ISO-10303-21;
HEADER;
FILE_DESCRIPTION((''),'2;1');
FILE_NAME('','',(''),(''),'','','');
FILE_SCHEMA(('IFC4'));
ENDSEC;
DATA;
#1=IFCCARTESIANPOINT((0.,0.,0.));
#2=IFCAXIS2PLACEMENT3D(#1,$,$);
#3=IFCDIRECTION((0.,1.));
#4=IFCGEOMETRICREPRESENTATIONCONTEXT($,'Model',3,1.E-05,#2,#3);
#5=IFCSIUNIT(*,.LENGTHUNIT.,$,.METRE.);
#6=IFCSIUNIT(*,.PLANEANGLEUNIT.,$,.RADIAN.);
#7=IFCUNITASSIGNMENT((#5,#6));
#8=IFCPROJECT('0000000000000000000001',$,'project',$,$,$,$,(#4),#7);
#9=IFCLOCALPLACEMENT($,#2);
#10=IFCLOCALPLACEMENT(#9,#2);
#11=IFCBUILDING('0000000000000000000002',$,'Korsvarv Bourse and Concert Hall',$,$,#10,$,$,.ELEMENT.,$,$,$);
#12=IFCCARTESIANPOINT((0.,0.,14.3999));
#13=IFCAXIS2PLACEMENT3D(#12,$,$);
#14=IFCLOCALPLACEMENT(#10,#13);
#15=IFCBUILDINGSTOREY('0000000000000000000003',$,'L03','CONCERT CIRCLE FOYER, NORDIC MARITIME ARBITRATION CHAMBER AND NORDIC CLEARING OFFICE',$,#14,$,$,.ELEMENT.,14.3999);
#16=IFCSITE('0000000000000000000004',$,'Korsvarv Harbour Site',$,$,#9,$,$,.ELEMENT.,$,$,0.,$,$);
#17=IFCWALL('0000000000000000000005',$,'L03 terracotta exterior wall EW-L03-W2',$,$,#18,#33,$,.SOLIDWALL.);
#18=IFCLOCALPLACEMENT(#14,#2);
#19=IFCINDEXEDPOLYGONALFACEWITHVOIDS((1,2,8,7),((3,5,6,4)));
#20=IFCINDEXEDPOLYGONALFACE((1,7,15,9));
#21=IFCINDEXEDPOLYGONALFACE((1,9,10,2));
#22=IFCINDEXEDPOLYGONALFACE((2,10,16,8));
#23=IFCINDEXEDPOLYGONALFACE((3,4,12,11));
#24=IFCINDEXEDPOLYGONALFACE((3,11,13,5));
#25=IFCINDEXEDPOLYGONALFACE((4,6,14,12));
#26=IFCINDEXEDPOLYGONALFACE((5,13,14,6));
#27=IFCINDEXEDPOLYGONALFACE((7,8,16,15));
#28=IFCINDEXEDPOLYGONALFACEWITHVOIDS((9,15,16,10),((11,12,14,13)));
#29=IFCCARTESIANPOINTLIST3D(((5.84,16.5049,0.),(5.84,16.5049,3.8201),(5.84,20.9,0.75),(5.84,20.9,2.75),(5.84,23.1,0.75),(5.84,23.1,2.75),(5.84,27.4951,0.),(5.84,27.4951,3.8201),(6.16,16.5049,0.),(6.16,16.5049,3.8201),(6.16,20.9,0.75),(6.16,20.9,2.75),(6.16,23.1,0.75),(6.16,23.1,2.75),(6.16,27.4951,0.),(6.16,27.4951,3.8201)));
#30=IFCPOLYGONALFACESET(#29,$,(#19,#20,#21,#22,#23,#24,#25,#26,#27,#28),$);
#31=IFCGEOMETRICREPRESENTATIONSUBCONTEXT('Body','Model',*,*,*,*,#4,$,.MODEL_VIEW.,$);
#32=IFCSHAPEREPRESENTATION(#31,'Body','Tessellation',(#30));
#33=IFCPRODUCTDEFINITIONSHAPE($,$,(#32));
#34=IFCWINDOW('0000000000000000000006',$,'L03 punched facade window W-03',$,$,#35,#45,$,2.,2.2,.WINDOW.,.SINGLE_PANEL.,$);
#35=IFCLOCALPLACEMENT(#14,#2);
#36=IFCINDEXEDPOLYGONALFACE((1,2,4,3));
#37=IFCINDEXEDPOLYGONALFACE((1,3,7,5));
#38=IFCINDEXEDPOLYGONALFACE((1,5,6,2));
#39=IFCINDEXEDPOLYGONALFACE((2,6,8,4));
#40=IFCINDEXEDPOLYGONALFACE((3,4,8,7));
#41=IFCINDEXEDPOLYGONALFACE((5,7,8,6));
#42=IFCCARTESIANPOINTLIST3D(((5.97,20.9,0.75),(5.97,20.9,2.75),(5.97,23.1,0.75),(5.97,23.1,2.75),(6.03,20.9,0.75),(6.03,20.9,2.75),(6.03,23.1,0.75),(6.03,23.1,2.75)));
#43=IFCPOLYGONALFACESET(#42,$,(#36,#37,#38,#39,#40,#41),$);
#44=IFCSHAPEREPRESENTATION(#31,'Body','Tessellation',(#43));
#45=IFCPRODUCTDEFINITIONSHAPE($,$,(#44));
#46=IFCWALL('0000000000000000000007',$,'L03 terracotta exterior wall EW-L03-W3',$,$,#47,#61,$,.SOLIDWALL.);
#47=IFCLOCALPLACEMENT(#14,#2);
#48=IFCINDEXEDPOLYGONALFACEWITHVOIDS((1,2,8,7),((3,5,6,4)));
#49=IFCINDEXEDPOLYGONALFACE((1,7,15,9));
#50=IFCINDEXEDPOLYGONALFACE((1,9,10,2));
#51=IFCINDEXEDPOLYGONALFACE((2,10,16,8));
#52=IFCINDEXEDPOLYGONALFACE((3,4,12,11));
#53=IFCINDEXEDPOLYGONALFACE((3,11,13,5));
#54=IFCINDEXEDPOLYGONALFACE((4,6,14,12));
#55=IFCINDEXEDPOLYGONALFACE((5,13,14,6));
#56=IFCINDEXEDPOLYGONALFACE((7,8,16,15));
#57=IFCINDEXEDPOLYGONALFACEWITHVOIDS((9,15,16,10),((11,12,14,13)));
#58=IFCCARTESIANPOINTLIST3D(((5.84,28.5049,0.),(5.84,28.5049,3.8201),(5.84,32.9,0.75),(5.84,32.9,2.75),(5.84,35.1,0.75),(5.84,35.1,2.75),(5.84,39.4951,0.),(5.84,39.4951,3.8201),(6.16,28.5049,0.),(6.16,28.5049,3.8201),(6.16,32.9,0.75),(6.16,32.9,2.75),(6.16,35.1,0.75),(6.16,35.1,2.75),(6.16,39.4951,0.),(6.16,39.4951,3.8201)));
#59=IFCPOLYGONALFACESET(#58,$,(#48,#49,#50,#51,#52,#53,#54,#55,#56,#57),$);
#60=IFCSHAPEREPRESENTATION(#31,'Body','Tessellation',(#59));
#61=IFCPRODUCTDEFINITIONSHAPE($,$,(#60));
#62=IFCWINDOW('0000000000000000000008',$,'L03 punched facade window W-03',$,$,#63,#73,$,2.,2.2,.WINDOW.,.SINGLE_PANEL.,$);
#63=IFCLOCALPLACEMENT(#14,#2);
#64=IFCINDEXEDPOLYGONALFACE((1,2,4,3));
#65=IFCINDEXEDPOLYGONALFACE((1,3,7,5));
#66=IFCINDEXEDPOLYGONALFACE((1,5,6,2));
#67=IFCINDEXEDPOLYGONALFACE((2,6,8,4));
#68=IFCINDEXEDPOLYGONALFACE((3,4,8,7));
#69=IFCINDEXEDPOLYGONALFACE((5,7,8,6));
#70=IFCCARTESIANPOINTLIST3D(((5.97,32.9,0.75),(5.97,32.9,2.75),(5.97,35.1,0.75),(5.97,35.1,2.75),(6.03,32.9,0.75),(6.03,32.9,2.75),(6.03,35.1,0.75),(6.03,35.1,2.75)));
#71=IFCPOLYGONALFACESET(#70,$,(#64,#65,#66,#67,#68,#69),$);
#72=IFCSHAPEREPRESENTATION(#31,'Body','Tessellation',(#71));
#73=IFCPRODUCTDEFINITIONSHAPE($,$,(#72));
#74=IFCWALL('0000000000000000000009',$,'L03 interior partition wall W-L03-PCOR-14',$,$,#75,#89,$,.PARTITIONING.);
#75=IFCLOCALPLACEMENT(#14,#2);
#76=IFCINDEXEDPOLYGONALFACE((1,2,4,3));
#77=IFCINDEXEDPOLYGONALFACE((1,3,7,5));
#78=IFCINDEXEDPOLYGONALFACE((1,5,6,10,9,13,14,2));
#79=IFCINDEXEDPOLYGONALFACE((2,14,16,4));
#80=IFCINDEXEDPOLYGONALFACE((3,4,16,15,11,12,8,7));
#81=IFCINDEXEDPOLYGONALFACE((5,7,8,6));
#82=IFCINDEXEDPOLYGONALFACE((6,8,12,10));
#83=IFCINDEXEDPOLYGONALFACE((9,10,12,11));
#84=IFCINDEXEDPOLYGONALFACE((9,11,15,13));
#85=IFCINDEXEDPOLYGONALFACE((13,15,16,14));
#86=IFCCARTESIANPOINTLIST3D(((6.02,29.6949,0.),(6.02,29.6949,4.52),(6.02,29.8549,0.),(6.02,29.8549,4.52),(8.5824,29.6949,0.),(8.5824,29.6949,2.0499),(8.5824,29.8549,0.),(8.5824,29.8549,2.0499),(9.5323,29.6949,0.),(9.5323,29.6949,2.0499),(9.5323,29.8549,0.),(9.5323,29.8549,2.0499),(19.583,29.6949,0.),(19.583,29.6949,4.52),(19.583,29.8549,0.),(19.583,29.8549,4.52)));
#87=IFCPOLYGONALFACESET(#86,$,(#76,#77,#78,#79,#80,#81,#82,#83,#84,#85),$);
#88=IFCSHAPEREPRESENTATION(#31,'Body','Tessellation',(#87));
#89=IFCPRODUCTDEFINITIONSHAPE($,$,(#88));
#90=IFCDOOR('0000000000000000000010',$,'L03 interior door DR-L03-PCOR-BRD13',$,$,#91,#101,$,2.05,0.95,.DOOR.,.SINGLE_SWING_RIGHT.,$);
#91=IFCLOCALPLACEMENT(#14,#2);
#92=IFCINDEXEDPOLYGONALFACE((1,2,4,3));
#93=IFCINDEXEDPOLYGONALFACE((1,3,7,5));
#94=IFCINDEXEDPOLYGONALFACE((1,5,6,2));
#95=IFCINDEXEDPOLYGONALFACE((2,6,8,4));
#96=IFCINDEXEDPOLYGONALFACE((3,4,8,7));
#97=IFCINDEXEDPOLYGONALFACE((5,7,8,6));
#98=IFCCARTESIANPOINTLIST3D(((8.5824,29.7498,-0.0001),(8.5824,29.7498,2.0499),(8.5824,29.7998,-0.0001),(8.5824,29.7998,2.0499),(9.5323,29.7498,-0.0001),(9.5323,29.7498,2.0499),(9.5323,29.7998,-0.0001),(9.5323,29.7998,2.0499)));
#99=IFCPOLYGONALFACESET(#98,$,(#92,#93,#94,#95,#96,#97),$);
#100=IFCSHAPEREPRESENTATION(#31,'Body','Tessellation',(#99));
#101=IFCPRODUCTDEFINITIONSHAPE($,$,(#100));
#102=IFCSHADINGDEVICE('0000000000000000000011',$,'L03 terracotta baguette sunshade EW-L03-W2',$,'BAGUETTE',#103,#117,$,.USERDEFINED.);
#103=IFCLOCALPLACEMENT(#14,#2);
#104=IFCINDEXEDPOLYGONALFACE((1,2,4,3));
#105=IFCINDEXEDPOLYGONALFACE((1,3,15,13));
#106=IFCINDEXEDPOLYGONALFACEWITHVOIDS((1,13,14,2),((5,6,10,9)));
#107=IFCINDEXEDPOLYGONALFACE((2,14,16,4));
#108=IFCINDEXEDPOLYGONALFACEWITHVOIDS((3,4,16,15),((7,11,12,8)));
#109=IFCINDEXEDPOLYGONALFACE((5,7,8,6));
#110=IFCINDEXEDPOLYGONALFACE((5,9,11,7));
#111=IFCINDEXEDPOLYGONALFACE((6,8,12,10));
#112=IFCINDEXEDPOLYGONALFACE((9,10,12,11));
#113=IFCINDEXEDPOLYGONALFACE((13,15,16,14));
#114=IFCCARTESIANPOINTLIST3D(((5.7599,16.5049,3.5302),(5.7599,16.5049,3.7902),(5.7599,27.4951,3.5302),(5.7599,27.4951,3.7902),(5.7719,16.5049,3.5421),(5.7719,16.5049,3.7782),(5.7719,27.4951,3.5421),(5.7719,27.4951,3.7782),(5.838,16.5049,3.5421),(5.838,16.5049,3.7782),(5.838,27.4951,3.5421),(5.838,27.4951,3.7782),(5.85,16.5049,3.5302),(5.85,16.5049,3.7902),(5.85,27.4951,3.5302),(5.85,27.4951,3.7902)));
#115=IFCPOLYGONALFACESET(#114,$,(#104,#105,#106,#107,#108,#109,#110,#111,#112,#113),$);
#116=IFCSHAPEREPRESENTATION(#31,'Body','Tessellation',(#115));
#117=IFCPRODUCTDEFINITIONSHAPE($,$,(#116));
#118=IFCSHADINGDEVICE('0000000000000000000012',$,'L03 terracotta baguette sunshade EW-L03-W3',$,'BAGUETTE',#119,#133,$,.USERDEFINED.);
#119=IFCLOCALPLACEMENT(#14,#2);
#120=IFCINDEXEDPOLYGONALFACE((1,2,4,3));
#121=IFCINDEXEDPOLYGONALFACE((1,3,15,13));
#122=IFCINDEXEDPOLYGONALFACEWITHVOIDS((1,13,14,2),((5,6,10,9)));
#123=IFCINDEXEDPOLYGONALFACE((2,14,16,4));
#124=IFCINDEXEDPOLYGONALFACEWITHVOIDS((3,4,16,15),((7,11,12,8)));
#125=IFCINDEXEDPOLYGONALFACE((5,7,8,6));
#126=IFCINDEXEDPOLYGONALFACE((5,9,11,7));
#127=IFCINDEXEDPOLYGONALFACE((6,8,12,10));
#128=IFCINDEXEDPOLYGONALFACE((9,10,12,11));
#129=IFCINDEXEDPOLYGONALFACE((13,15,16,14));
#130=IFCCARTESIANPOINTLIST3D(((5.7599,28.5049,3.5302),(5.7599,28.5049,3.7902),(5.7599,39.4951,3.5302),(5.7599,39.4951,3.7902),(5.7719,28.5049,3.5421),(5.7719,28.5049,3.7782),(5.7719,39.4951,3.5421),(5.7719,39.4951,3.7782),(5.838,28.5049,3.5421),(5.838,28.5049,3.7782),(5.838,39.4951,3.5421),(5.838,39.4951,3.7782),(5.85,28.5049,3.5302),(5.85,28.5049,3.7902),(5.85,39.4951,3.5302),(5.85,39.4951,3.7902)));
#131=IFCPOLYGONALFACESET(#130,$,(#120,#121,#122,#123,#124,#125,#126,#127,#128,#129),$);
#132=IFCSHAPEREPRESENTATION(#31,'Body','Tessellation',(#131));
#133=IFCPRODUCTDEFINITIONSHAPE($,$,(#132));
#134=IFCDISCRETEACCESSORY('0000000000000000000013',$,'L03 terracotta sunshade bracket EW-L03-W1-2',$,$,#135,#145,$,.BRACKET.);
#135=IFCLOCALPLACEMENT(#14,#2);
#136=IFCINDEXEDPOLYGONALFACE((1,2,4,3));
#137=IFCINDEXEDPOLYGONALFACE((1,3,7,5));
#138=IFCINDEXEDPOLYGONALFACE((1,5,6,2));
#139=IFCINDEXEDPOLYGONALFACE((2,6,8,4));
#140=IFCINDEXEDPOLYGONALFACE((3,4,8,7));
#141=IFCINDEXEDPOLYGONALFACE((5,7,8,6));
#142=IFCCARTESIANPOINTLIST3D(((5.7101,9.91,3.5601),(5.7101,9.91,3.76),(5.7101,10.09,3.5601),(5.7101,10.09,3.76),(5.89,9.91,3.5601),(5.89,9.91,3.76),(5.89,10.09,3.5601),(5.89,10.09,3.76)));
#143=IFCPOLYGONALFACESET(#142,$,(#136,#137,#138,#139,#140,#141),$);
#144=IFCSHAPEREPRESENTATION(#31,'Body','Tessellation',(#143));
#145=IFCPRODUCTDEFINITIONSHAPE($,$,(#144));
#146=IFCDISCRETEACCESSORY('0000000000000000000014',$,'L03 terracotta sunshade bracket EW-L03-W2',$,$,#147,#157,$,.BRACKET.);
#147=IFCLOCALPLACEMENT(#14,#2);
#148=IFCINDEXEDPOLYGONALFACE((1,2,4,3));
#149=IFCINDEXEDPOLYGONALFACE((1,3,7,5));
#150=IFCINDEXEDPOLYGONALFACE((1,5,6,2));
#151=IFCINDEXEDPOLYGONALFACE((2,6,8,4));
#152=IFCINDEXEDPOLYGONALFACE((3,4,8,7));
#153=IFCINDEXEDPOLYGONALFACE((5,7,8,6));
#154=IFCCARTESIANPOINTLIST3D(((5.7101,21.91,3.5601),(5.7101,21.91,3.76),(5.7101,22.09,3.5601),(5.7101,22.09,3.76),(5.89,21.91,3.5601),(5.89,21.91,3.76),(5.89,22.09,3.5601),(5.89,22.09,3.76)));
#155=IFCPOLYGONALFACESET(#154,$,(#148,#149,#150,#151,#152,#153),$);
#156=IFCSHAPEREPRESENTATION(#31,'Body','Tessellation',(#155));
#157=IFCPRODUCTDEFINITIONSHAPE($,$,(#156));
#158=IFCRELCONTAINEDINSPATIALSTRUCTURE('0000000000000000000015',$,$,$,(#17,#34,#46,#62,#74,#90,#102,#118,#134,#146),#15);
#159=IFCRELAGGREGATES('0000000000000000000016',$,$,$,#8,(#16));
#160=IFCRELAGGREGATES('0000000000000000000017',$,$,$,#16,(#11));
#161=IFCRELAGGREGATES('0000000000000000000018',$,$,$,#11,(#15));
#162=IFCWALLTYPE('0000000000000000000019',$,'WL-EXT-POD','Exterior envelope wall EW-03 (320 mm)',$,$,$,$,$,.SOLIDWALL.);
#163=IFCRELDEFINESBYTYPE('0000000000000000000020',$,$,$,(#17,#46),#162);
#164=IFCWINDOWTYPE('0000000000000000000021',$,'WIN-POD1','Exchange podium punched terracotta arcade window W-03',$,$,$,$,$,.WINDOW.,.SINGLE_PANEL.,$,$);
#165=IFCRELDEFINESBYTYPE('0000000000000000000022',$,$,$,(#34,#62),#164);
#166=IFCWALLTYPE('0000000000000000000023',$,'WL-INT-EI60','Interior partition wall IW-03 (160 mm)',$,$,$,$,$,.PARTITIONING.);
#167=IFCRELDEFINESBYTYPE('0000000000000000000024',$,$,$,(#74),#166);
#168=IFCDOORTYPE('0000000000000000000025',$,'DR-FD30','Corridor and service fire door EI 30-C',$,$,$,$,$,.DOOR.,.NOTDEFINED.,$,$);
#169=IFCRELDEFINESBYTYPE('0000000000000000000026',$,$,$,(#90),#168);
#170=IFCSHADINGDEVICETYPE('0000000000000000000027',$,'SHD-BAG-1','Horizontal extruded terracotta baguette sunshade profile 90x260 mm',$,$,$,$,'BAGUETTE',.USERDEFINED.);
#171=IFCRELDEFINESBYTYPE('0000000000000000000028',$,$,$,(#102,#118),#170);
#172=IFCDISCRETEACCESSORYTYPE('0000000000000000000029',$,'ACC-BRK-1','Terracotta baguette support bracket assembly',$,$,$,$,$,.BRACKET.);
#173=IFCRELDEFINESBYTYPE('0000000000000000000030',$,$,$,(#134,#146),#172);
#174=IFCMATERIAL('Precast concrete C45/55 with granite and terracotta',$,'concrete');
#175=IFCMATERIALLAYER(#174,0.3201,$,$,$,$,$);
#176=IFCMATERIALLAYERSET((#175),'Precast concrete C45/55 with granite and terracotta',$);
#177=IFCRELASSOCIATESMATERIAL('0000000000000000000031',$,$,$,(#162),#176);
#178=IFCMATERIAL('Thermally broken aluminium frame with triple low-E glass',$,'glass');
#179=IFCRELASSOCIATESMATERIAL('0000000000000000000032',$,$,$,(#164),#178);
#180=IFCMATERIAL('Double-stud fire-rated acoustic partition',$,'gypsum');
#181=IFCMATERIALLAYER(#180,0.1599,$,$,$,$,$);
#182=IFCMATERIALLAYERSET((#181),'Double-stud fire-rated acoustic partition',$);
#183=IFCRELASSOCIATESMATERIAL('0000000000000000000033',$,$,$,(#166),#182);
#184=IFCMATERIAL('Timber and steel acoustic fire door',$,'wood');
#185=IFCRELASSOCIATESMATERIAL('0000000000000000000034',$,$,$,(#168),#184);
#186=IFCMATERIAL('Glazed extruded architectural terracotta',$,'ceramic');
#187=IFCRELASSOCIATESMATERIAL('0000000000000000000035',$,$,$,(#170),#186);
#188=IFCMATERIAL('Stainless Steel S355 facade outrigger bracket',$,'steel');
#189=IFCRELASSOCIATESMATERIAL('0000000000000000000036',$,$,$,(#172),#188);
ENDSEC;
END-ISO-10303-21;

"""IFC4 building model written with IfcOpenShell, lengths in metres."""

from ifc_helpers import new_model, si_unit, direction, frame, frame_2d, origin, origin_2d, place, context, subcontext, project, spatial, rectangle, hollow_rectangle, extrude, source, transform, mapped, material, layer, layer_set, material_profile, profile_set, type_object, element, fill, save


model = new_model("IFC4")

# Units and contexts
model_context = context("Model", 3, precision=1e-05, world=origin(), true_north=direction((0.0, 1.0)))
body_context = subcontext(model_context, "Body", "Model", "MODEL_VIEW")
ifc_project = project(units=[si_unit("LENGTHUNIT", "METRE"), si_unit("PLANEANGLEUNIT", "RADIAN")], contexts=[model_context])

# Site, building, storey
site_placement = place(None, origin())
site = spatial("IfcSite", under=ifc_project, at=site_placement, Name="Korsvarv Harbour Site", CompositionType="ELEMENT", RefElevation=0.0)
building_placement = place(site_placement, origin())
building = spatial("IfcBuilding", under=site, at=building_placement, Name="Korsvarv Bourse and Concert Hall", CompositionType="ELEMENT")
storey_placement = place(building_placement, frame((0.0, 0.0, 14.3999)))
storey = spatial("IfcBuildingStorey", under=building, at=storey_placement, Name="L03", Description="CONCERT CIRCLE FOYER, NORDIC MARITIME ARBITRATION CHAMBER AND NORDIC CLEARING OFFICE", CompositionType="ELEMENT", Elevation=14.3999)

# Walls, openings, windows
ifc_material_1 = material(Name="Precast concrete C45/55 with granite and terracotta", Category="concrete")
ifc_layer_1 = layer(ifc_material_1, 0.3201)
ifc_layer_set_1 = layer_set([ifc_layer_1], Name="Precast concrete C45/55 with granite and terracotta")
wall_type_1 = type_object("IfcWallType", Name="WL-EXT-POD", Description="Exterior envelope wall EW-03 (320 mm)", PredefinedType="SOLIDWALL", material=ifc_layer_set_1)
wall_1_placement = place(storey_placement, frame((6.0, 16.5049, 0.0), z_axis=(0.0, 0.0, 1.0), x_axis=(0.0, 1.0, 0.0)))
wall_1 = element("IfcWall", 1, at=wall_1_placement, inside=storey, type_object=wall_type_1, Name="L03 terracotta exterior wall EW-L03-W2", PredefinedType="SOLIDWALL", context=body_context, shape_type="SweptSolid", body=[
    extrude(rectangle(XDim=10.9902, YDim=0.3201, at=frame_2d((5.4951, 0.0))), origin(), (0.0, 0.0, 1.0), 3.8201),
])
opening_1_placement = place(wall_1_placement, frame((4.395, 0.0, 0.75)))
opening_1 = element("IfcOpeningElement", 2, at=opening_1_placement, cuts=wall_1, PredefinedType="OPENING", context=body_context, shape_type="SweptSolid", body=[
    extrude(rectangle(XDim=2.2, YDim=2.0, at=frame_2d((1.1001, 1.0))), frame((0.0, 0.1699, 0.0), z_axis=(0.0, -1.0, 0.0), x_axis=(1.0, 0.0, 0.0)), (0.0, 0.0, 1.0), 0.3401),
])
ifc_material_2 = material(Name="Thermally broken aluminium frame with triple low-E glass", Category="glass")
window_type = type_object("IfcWindowType", Name="WIN-POD1", Description="Exchange podium punched terracotta arcade window W-03", PartitioningType="SINGLE_PANEL", PredefinedType="WINDOW", material=ifc_material_2)
window_1_placement = place(opening_1_placement, origin())
window_1 = element("IfcWindow", 3, at=window_1_placement, inside=storey, type_object=window_type, Name="L03 punched facade window W-03", OverallHeight=2.0, OverallWidth=2.2, PartitioningType="SINGLE_PANEL", PredefinedType="WINDOW", context=body_context, shape_type="SweptSolid", body=[
    extrude(rectangle(XDim=2.2, YDim=2.0, at=frame_2d((1.1001, 1.0))), frame((0.0, 0.03, 0.0), z_axis=(0.0, -1.0, 0.0), x_axis=(1.0, 0.0, 0.0)), (0.0, 0.0, 1.0), 0.0601),
])
fill(opening_1, window_1)
wall_2_placement = place(storey_placement, frame((6.0, 28.5049, 0.0), z_axis=(0.0, 0.0, 1.0), x_axis=(0.0, 1.0, 0.0)))
wall_2 = element("IfcWall", 4, at=wall_2_placement, inside=storey, type_object=wall_type_1, Name="L03 terracotta exterior wall EW-L03-W3", PredefinedType="SOLIDWALL", context=body_context, shape_type="SweptSolid", body=[
    extrude(rectangle(XDim=10.9902, YDim=0.3201, at=frame_2d((5.4951, 0.0))), origin(), (0.0, 0.0, 1.0), 3.8201),
])
opening_2_placement = place(wall_2_placement, frame((4.395, 0.0, 0.75)))
opening_2 = element("IfcOpeningElement", 5, at=opening_2_placement, cuts=wall_2, PredefinedType="OPENING", context=body_context, shape_type="SweptSolid", body=[
    extrude(rectangle(XDim=2.2, YDim=2.0, at=frame_2d((1.1001, 1.0))), frame((0.0, 0.1699, 0.0), z_axis=(0.0, -1.0, 0.0), x_axis=(1.0, 0.0, 0.0)), (0.0, 0.0, 1.0), 0.3401),
])
window_2_placement = place(opening_2_placement, origin())
window_2 = element("IfcWindow", 6, at=window_2_placement, inside=storey, type_object=window_type, Name="L03 punched facade window W-03", OverallHeight=2.0, OverallWidth=2.2, PartitioningType="SINGLE_PANEL", PredefinedType="WINDOW", context=body_context, shape_type="SweptSolid", body=[
    extrude(rectangle(XDim=2.2, YDim=2.0, at=frame_2d((1.1001, 1.0))), frame((0.0, 0.03, 0.0), z_axis=(0.0, -1.0, 0.0), x_axis=(1.0, 0.0, 0.0)), (0.0, 0.0, 1.0), 0.0601),
])
fill(opening_2, window_2)

# Wall, opening, door
ifc_material_3 = material(Name="Double-stud fire-rated acoustic partition", Category="gypsum")
ifc_layer_2 = layer(ifc_material_3, 0.1599)
ifc_layer_set_2 = layer_set([ifc_layer_2], Name="Double-stud fire-rated acoustic partition")
wall_type_2 = type_object("IfcWallType", Name="WL-INT-EI60", Description="Interior partition wall IW-03 (160 mm)", PredefinedType="PARTITIONING", material=ifc_layer_set_2)
wall_3_placement = place(storey_placement, frame((6.02, 29.7749, 0.0), z_axis=(0.0, 0.0, 1.0), x_axis=(1.0, 0.0, 0.0)))
wall_3 = element("IfcWall", 7, at=wall_3_placement, inside=storey, type_object=wall_type_2, Name="L03 interior partition wall W-L03-PCOR-14", PredefinedType="PARTITIONING", context=body_context, shape_type="SweptSolid", body=[
    extrude(rectangle(XDim=13.563, YDim=0.1599, at=frame_2d((6.7815, 0.0))), origin(), (0.0, 0.0, 1.0), 4.52),
])
opening_3_placement = place(wall_3_placement, frame((2.5623, 0.0, 0.0)))
opening_3 = element("IfcOpeningElement", 8, at=opening_3_placement, cuts=wall_3, PredefinedType="OPENING", context=body_context, shape_type="SweptSolid", body=[
    extrude(rectangle(XDim=0.95, YDim=2.05, at=frame_2d((0.4751, 1.0249))), frame((0.0, 0.0898, 0.0), z_axis=(0.0, -1.0, 0.0), x_axis=(1.0, 0.0, 0.0)), (0.0, 0.0, 1.0), 0.1799),
])
ifc_material_4 = material(Name="Timber and steel acoustic fire door", Category="wood")
door_type = type_object("IfcDoorType", Name="DR-FD30", Description="Corridor and service fire door EI 30-C", OperationType="NOTDEFINED", PredefinedType="DOOR", material=ifc_material_4)
door_placement = place(opening_3_placement, origin())
door = element("IfcDoor", 9, at=door_placement, inside=storey, type_object=door_type, Name="L03 interior door DR-L03-PCOR-BRD13", OperationType="SINGLE_SWING_RIGHT", OverallHeight=2.05, OverallWidth=0.95, PredefinedType="DOOR", context=body_context, shape_type="SweptSolid", body=[
    extrude(rectangle(XDim=0.95, YDim=2.05, at=frame_2d((0.4751, 1.0249))), frame((0.0, 0.0249, 0.0), z_axis=(0.0, -1.0, 0.0), x_axis=(1.0, 0.0, 0.0)), (0.0, 0.0, 1.0), 0.05),
])
fill(opening_3, door)

# Shading devices
ifc_material_5 = material(Name="Glazed extruded architectural terracotta", Category="ceramic")
ifc_material_profile_1 = material_profile(ifc_material_5, hollow_rectangle(XDim=0.0901, YDim=0.26, WallThickness=0.012, at=origin_2d()), Name="TC-BAG 90x260")
ifc_profile_set_1 = profile_set([ifc_material_profile_1], Name="Glazed extruded architectural terracotta")
shading_device_type = type_object("IfcShadingDeviceType", Name="SHD-BAG-1", Description="Horizontal extruded terracotta baguette sunshade profile 90x260 mm", ElementType="BAGUETTE", PredefinedType="USERDEFINED", material=ifc_profile_set_1)
shared_shape_1 = source(origin(), body_context, "Body", "SweptSolid", [
    extrude(hollow_rectangle(XDim=0.0901, YDim=0.26, WallThickness=0.012, at=origin_2d()), origin(), (0.0, 0.0, 1.0), 10.9902),
])
for number, where, z_axis, x_axis, name in (
    (10, (5.8049, 16.5049, 3.6602), (0.0, 1.0, 0.0), (-1.0, 0.0, 0.0), "L03 terracotta baguette sunshade EW-L03-W2"),
    (11, (5.8049, 28.5049, 3.6602), (0.0, 1.0, 0.0), (-1.0, 0.0, 0.0), "L03 terracotta baguette sunshade EW-L03-W3"),
):
    element("IfcShadingDevice", number, at=place(storey_placement, frame(where, z_axis=z_axis, x_axis=x_axis)), inside=storey, type_object=shading_device_type, Name=name, ObjectType="BAGUETTE", PredefinedType="USERDEFINED", context=body_context, shape_type="MappedRepresentation", body=[
        mapped(shared_shape_1, transform((0.0, 0.0, 0.0), scale=1.0)),
    ])

# Discrete accessories
ifc_material_6 = material(Name="Stainless Steel S355 facade outrigger bracket", Category="steel")
discrete_accessory_type = type_object("IfcDiscreteAccessoryType", Name="ACC-BRK-1", Description="Terracotta baguette support bracket assembly", PredefinedType="BRACKET", material=ifc_material_6)
shared_shape_2 = source(origin(), body_context, "Body", "SweptSolid", [
    extrude(rectangle(XDim=0.1799, YDim=0.1799, at=origin_2d()), origin(), (0.0, 0.0, 1.0), 0.2),
])
for number, where, z_axis, x_axis, name in (
    (12, (5.8, 10.0, 3.5601), (0.0, 0.0, 1.0), (0.0, 1.0, 0.0), "L03 terracotta sunshade bracket EW-L03-W1-2"),
    (13, (5.8, 22.0, 3.5601), (0.0, 0.0, 1.0), (0.0, 1.0, 0.0), "L03 terracotta sunshade bracket EW-L03-W2"),
):
    element("IfcDiscreteAccessory", number, at=place(storey_placement, frame(where, z_axis=z_axis, x_axis=x_axis)), inside=storey, type_object=discrete_accessory_type, Name=name, PredefinedType="BRACKET", context=body_context, shape_type="MappedRepresentation", body=[
        mapped(shared_shape_2, transform((0.0, 0.0, 0.0), scale=1.0)),
    ])

save(model, "model.ifc")
